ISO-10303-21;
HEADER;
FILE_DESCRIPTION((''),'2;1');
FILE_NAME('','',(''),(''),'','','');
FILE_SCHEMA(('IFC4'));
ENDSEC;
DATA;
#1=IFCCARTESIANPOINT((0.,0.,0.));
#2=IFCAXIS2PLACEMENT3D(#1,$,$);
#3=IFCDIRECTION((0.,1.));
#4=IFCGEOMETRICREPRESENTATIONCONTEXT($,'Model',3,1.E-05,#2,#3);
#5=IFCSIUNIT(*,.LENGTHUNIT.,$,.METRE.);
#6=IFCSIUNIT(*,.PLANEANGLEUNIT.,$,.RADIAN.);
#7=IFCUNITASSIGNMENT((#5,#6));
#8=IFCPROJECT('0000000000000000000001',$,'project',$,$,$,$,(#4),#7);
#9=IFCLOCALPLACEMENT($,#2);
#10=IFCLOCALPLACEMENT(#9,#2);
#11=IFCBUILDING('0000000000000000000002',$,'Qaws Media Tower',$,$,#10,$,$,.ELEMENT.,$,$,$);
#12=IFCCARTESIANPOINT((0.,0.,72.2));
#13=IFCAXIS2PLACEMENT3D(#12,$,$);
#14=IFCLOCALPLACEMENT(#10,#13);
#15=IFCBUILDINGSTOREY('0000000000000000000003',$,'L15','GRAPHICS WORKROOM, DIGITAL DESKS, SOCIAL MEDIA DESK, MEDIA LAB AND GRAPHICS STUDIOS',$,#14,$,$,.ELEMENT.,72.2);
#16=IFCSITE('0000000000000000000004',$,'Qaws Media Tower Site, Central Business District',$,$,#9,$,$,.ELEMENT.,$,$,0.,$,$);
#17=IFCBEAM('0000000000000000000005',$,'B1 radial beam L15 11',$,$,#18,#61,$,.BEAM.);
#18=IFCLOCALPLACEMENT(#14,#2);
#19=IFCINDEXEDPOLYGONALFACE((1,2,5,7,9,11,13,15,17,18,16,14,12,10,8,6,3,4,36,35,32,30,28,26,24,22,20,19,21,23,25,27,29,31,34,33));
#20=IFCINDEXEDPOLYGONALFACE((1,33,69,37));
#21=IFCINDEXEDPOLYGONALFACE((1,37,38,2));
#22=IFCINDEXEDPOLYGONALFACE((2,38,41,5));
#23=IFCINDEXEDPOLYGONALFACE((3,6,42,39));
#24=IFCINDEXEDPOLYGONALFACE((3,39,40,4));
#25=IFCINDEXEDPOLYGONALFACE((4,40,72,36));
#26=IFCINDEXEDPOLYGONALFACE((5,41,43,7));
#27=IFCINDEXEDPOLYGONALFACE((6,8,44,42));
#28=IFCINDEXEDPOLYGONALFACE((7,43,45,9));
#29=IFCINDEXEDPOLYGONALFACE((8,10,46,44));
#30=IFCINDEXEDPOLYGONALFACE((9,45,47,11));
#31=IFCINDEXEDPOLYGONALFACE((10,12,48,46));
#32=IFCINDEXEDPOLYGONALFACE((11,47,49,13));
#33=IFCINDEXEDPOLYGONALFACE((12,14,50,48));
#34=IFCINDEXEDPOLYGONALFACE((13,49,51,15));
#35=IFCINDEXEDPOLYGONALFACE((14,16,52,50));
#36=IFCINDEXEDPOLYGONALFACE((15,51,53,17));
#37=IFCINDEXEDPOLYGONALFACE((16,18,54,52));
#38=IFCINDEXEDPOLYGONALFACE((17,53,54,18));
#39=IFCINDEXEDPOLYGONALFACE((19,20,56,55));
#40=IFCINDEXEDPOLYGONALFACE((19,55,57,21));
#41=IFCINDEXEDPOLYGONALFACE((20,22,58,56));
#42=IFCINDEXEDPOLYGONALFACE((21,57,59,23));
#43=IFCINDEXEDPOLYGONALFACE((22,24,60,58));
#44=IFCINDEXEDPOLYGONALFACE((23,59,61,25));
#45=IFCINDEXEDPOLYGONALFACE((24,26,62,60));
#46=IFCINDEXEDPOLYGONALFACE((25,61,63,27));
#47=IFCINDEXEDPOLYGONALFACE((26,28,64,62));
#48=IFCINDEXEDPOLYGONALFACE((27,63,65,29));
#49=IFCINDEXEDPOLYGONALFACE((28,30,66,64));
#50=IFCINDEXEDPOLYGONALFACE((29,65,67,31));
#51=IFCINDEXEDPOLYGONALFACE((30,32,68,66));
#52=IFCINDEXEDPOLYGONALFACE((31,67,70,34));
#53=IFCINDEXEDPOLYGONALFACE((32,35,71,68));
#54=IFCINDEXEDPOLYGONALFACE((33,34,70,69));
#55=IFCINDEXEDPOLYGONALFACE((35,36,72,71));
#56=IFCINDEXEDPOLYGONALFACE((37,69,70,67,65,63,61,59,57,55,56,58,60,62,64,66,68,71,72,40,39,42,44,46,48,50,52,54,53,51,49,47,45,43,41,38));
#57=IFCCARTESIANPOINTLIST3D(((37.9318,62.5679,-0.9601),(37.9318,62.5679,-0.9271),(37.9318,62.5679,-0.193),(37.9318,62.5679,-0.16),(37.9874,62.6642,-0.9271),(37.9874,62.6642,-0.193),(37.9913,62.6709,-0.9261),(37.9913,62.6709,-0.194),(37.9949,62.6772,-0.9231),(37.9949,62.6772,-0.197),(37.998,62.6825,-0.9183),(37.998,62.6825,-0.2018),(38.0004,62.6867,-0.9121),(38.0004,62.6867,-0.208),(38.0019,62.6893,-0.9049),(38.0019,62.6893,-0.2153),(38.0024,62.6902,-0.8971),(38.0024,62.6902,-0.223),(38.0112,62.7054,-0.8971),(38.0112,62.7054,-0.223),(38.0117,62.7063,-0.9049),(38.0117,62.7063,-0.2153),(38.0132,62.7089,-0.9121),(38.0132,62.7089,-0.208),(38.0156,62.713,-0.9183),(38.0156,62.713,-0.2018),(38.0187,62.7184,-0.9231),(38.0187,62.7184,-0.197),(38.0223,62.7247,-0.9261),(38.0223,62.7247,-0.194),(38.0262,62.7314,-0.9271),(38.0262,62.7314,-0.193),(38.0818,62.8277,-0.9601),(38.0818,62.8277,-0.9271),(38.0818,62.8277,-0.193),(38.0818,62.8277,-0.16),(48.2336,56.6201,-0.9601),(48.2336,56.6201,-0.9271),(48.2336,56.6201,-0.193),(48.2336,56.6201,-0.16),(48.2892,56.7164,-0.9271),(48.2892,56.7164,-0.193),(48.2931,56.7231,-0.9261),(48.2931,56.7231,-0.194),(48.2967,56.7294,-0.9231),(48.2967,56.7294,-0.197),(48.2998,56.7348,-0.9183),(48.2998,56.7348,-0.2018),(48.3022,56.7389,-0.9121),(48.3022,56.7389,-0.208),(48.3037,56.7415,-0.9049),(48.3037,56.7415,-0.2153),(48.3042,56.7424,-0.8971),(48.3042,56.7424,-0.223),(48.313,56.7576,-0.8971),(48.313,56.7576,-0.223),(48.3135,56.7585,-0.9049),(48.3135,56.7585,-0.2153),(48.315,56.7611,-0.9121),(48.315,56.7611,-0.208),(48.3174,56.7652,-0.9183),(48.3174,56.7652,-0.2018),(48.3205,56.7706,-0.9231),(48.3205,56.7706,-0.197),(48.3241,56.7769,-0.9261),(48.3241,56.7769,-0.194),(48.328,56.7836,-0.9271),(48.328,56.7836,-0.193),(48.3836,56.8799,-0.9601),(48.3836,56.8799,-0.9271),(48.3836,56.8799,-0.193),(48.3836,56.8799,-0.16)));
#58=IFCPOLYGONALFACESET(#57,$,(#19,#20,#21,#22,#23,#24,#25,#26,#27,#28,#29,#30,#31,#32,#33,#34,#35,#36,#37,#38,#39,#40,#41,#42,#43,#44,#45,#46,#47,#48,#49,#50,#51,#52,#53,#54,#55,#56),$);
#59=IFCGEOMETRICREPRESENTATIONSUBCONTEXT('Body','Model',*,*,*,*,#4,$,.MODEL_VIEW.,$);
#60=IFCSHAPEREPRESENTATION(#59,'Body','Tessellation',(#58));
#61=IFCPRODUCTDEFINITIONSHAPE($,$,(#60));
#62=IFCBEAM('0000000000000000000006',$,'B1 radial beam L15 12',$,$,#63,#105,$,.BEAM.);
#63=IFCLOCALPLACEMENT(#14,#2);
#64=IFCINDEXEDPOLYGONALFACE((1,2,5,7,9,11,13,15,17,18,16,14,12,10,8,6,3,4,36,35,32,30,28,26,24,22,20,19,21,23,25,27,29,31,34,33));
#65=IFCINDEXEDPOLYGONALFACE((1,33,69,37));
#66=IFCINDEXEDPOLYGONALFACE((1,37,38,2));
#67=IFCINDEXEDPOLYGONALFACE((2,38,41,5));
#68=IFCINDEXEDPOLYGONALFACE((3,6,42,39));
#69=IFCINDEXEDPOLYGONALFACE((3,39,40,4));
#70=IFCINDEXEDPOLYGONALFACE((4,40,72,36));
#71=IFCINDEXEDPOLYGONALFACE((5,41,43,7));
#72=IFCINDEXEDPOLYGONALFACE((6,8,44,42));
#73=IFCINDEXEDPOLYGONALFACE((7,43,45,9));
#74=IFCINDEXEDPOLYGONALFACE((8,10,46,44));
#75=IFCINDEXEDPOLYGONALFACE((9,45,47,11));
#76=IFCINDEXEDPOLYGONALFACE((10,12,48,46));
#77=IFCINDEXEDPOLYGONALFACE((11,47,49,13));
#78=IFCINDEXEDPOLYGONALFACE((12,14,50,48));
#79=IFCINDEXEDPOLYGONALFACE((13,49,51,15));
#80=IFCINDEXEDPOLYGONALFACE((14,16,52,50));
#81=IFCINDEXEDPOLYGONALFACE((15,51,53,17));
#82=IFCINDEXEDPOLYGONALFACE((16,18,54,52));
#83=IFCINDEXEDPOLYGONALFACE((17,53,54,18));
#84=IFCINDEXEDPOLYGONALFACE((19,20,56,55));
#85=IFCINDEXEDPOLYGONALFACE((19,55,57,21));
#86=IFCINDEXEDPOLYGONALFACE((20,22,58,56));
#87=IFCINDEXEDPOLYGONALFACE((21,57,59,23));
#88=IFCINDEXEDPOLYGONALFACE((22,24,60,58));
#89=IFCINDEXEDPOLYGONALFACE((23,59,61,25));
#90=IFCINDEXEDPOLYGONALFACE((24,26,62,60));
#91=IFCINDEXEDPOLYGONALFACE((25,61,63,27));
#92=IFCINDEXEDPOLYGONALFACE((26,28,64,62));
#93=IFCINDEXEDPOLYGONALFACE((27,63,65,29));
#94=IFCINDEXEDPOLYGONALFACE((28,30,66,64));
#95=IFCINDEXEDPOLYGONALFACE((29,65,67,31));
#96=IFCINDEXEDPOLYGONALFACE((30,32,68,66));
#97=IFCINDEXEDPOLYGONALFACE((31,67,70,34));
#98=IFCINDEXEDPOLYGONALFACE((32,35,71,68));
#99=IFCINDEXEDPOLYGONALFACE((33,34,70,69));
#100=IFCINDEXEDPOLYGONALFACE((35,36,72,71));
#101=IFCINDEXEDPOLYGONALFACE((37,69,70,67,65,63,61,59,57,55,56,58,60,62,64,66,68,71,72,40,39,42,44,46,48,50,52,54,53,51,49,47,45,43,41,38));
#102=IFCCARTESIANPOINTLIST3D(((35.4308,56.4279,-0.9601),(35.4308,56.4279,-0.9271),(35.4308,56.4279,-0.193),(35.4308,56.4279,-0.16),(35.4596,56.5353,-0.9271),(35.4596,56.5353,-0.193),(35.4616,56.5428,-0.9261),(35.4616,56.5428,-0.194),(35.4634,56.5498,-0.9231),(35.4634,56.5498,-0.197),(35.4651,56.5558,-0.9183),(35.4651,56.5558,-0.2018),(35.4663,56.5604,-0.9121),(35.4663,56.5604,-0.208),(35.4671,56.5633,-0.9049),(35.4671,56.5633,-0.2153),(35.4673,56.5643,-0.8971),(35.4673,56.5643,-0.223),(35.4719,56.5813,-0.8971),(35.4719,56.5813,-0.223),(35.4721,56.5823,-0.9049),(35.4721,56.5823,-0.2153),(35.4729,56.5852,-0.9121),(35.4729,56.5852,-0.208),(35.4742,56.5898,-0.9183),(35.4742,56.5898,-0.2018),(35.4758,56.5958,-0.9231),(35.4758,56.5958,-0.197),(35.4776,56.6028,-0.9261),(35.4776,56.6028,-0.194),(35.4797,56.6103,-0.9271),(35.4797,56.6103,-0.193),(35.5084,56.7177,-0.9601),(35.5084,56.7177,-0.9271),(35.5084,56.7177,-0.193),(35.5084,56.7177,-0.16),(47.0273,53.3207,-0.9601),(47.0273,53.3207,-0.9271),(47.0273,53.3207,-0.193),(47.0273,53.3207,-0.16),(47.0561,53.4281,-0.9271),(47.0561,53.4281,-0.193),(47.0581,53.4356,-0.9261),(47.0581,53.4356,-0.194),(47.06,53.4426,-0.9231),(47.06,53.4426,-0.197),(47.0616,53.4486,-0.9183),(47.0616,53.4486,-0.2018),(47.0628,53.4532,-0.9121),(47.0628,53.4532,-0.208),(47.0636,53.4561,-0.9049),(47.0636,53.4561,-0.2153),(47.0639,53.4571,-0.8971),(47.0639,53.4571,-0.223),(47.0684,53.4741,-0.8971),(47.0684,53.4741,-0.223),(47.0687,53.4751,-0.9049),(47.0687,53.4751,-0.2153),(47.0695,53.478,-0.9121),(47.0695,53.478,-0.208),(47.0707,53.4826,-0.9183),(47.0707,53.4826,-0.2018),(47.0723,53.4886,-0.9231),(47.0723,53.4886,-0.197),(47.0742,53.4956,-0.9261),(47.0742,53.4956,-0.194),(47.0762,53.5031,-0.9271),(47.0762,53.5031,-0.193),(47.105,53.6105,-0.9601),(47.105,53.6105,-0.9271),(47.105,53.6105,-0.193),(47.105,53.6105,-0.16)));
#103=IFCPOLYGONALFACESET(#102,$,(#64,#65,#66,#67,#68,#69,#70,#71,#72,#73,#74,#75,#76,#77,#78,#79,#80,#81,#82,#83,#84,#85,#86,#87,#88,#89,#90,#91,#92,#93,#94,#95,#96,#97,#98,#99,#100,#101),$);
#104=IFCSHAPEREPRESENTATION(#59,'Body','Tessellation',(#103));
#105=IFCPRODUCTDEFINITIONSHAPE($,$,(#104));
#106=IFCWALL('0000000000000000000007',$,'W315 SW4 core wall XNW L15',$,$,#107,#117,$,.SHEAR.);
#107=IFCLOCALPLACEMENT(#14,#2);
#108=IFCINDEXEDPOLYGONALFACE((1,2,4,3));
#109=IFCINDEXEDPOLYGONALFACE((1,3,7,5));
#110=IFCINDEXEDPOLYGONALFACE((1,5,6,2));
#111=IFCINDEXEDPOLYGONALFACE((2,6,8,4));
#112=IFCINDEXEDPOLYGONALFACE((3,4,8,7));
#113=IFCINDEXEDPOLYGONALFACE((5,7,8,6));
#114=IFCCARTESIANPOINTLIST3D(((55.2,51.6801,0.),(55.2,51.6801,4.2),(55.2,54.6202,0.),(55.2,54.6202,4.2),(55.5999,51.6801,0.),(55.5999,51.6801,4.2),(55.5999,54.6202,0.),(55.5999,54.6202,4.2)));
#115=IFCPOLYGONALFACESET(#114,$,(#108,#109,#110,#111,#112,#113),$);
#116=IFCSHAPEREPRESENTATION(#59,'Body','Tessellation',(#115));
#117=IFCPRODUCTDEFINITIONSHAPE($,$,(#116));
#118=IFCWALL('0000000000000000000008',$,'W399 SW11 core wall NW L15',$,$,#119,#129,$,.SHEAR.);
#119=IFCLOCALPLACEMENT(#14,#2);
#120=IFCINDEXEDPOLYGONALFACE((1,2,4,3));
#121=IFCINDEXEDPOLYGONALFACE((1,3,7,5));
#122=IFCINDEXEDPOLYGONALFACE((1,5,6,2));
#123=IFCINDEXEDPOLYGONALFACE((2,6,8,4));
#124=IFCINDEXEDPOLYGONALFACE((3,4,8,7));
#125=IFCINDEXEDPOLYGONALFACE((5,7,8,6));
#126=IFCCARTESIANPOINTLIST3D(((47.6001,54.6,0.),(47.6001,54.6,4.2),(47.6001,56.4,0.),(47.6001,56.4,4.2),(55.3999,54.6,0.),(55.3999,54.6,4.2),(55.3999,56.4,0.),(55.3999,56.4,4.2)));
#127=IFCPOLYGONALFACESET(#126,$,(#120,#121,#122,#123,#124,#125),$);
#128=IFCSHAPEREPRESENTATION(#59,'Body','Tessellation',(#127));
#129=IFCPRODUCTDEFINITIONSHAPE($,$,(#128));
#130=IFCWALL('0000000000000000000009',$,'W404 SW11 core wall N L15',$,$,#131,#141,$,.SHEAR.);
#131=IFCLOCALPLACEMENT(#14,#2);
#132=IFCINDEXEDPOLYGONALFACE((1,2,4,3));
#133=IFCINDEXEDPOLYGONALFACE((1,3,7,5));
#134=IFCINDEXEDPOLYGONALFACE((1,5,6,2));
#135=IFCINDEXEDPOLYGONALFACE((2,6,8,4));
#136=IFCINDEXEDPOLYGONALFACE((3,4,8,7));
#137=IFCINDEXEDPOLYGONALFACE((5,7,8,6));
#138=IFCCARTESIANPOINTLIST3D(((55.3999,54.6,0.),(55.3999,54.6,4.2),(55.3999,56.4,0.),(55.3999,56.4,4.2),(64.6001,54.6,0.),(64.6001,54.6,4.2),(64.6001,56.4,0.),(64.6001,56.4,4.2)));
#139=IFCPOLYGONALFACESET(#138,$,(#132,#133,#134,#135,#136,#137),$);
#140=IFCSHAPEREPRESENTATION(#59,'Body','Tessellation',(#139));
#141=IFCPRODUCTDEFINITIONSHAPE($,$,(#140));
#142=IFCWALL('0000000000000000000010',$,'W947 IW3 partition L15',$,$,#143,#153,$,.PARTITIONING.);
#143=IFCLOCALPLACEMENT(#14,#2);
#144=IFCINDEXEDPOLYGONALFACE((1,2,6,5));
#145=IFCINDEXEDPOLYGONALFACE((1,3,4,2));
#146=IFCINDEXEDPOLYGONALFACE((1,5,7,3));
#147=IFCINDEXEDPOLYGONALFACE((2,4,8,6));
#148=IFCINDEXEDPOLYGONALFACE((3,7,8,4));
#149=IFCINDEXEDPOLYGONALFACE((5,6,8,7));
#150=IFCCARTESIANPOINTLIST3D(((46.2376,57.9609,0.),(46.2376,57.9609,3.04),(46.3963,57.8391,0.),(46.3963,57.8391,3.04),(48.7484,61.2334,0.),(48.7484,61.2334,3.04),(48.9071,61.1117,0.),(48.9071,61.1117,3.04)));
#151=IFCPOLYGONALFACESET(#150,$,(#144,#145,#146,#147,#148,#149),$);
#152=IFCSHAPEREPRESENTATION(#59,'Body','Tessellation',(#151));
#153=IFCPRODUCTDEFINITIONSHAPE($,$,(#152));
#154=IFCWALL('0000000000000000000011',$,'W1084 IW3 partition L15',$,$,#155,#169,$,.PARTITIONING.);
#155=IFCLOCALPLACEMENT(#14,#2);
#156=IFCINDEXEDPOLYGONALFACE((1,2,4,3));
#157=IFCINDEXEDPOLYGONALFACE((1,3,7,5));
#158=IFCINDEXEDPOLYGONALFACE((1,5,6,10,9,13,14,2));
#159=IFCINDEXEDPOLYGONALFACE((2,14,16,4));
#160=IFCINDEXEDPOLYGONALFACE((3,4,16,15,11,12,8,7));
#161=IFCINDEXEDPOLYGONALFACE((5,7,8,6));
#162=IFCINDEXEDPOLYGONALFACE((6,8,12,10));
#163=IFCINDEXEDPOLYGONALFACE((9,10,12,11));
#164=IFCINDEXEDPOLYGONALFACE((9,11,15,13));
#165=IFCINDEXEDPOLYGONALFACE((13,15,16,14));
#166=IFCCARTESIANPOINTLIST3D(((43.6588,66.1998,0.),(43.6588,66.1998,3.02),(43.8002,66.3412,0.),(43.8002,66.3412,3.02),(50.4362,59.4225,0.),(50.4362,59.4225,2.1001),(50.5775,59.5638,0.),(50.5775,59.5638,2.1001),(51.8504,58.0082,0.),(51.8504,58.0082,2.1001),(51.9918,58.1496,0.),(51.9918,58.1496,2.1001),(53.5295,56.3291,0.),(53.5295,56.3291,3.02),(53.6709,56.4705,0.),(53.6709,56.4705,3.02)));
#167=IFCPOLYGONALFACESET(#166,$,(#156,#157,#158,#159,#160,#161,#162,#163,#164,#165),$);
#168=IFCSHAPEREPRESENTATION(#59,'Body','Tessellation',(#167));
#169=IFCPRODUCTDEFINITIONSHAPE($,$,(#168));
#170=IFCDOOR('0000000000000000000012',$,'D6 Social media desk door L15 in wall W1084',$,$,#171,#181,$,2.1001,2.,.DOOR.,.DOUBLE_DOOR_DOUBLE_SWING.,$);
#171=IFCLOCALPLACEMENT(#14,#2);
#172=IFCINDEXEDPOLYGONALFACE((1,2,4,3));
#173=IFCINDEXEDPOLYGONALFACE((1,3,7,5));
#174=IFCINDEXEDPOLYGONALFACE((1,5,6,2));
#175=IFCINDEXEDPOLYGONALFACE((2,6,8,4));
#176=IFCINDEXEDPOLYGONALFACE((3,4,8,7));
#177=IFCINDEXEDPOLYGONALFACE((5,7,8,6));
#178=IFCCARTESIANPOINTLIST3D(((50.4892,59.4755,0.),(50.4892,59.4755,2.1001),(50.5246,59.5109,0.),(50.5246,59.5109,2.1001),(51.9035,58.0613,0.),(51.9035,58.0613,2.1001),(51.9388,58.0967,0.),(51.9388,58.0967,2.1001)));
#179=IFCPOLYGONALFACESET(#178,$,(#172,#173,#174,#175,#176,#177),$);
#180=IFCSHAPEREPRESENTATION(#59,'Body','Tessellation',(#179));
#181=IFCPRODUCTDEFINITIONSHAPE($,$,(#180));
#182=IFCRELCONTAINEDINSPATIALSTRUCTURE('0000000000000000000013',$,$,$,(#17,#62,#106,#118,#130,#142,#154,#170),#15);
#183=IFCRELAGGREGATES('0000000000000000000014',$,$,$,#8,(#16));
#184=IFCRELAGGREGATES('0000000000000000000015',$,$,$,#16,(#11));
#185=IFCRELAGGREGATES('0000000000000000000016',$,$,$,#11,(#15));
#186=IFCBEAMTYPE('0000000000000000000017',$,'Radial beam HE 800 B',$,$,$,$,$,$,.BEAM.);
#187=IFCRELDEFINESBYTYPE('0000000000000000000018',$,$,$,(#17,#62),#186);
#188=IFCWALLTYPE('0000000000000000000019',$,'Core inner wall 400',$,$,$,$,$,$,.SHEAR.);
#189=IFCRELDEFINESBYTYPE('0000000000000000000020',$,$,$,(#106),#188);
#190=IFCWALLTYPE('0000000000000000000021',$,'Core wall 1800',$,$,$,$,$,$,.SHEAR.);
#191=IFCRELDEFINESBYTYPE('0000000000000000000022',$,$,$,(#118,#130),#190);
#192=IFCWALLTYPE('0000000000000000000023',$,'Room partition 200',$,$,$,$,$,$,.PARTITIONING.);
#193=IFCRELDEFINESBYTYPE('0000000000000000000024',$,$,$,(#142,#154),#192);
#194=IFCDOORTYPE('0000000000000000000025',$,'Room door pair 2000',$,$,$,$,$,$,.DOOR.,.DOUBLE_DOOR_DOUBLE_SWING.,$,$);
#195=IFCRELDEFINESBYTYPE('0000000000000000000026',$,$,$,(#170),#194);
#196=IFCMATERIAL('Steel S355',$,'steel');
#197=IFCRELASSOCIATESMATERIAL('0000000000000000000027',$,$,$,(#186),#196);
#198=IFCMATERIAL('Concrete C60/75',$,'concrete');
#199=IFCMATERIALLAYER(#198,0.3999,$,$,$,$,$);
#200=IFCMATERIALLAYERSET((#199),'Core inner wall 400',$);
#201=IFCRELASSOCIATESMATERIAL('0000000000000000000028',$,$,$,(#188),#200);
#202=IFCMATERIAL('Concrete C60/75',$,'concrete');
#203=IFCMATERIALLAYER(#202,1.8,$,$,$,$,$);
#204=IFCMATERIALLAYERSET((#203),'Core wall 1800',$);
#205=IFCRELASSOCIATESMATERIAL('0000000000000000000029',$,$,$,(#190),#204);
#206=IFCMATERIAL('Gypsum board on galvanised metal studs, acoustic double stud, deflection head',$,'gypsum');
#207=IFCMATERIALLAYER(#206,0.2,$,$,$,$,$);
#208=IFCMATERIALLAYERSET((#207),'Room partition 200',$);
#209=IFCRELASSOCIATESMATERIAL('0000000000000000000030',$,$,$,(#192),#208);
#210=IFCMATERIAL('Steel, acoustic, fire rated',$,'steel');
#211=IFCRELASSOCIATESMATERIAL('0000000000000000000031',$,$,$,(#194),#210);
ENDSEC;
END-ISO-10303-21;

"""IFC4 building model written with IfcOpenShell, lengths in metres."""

from ifc_helpers import new_model, si_unit, direction, frame, frame_2d, origin, origin_2d, place, context, subcontext, project, spatial, rectangle, i_section, extrude, material, layer, layer_set, material_profile, profile_set, type_object, element, fill, save


model = new_model("IFC4")

# Units and contexts
model_context = context("Model", 3, precision=1e-05, world=origin(), true_north=direction((0.0, 1.0)))
body_context = subcontext(model_context, "Body", "Model", "MODEL_VIEW")
ifc_project = project(units=[si_unit("LENGTHUNIT", "METRE"), si_unit("PLANEANGLEUNIT", "RADIAN")], contexts=[model_context])

# Site, building, storey
site_placement = place(None, origin())
site = spatial("IfcSite", under=ifc_project, at=site_placement, Name="Qaws Media Tower Site, Central Business District", CompositionType="ELEMENT", RefElevation=0.0)
building_placement = place(site_placement, origin())
building = spatial("IfcBuilding", under=site, at=building_placement, Name="Qaws Media Tower", CompositionType="ELEMENT")
storey_placement = place(building_placement, frame((0.0, 0.0, 72.2)))
storey = spatial("IfcBuildingStorey", under=building, at=storey_placement, Name="L15", Description="GRAPHICS WORKROOM, DIGITAL DESKS, SOCIAL MEDIA DESK, MEDIA LAB AND GRAPHICS STUDIOS", CompositionType="ELEMENT", Elevation=72.2)

# Beams
ifc_material_1 = material(Name="Steel S355", Category="steel")
ifc_material_profile_1 = material_profile(ifc_material_1, i_section(OverallWidth=0.3, OverallDepth=0.8, WebThickness=0.0176, FlangeThickness=0.033, FilletRadius=0.03, at=origin_2d()), Name="HE 800 B")
ifc_profile_set_1 = profile_set([ifc_material_profile_1], Name="Steel S355")
beam_type_1 = type_object("IfcBeamType", Name="Radial beam HE 800 B", PredefinedType="BEAM", material=ifc_profile_set_1)
beam_1_placement = place(storey_placement, frame((48.3086, 56.75, -0.5601), z_axis=(-0.866024, 0.500002, 0.0), x_axis=(-0.500002, -0.866024, 0.0)))
element("IfcBeam", 1, at=beam_1_placement, inside=storey, type_object=beam_type_1, Name="B1 radial beam L15 11", PredefinedType="BEAM", context=body_context, shape_type="SweptSolid", body=[
    extrude(i_section(OverallWidth=0.3, OverallDepth=0.8, WebThickness=0.0176, FlangeThickness=0.033, FilletRadius=0.03, at=origin_2d()), origin(), (0.0, 0.0, 1.0), 11.8955),
])
beam_2_placement = place(storey_placement, frame((47.0662, 53.4656, -0.5601), z_axis=(-0.965927, 0.258813, 0.0), x_axis=(-0.258813, -0.965927, 0.0)))
element("IfcBeam", 2, at=beam_2_placement, inside=storey, type_object=beam_type_1, Name="B1 radial beam L15 12", PredefinedType="BEAM", context=body_context, shape_type="SweptSolid", body=[
    extrude(i_section(OverallWidth=0.3, OverallDepth=0.8, WebThickness=0.0176, FlangeThickness=0.033, FilletRadius=0.03, at=origin_2d()), origin(), (0.0, 0.0, 1.0), 12.0056),
])

# Walls
ifc_material_2 = material(Name="Concrete C60/75", Category="concrete")
ifc_layer_1 = layer(ifc_material_2, 0.3999)
ifc_layer_set_1 = layer_set([ifc_layer_1], Name="Core inner wall 400")
wall_type_1 = type_object("IfcWallType", Name="Core inner wall 400", PredefinedType="SHEAR", material=ifc_layer_set_1)
wall_1_placement = place(storey_placement, frame((55.3999, 51.6799, 0.0), z_axis=(0.0, 0.0, 1.0), x_axis=(0.0, 1.0, 0.0)))
element("IfcWall", 3, at=wall_1_placement, inside=storey, type_object=wall_type_1, Name="W315 SW4 core wall XNW L15", PredefinedType="SHEAR", context=body_context, shape_type="SweptSolid", body=[
    extrude(rectangle(XDim=2.9402, YDim=0.3999, at=frame_2d((1.4702, 0.0))), origin(), (0.0, 0.0, 1.0), 4.2),
])
ifc_material_3 = material(Name="Concrete C60/75", Category="concrete")
ifc_layer_2 = layer(ifc_material_3, 1.8)
ifc_layer_set_2 = layer_set([ifc_layer_2], Name="Core wall 1800")
wall_type_2 = type_object("IfcWallType", Name="Core wall 1800", PredefinedType="SHEAR", material=ifc_layer_set_2)
wall_2_placement = place(storey_placement, frame((47.6001, 55.5, 0.0), z_axis=(0.0, 0.0, 1.0), x_axis=(1.0, 0.0, 0.0)))
element("IfcWall", 4, at=wall_2_placement, inside=storey, type_object=wall_type_2, Name="W399 SW11 core wall NW L15", PredefinedType="SHEAR", context=body_context, shape_type="SweptSolid", body=[
    extrude(rectangle(XDim=7.7998, YDim=1.8, at=frame_2d((3.8999, 0.0))), origin(), (0.0, 0.0, 1.0), 4.2),
])
wall_3_placement = place(storey_placement, frame((55.3999, 55.5, 0.0), z_axis=(0.0, 0.0, 1.0), x_axis=(1.0, 0.0, 0.0)))
element("IfcWall", 5, at=wall_3_placement, inside=storey, type_object=wall_type_2, Name="W404 SW11 core wall N L15", PredefinedType="SHEAR", context=body_context, shape_type="SweptSolid", body=[
    extrude(rectangle(XDim=9.2002, YDim=1.8, at=frame_2d((4.6001, 0.0))), origin(), (0.0, 0.0, 1.0), 4.2),
])
ifc_material_4 = material(Name="Gypsum board on galvanised metal studs, acoustic double stud, deflection head", Category="gypsum")
ifc_layer_3 = layer(ifc_material_4, 0.2)
ifc_layer_set_3 = layer_set([ifc_layer_3], Name="Room partition 200")
wall_type_3 = type_object("IfcWallType", Name="Room partition 200", PredefinedType="PARTITIONING", material=ifc_layer_set_3)
wall_4_placement = place(storey_placement, frame((46.3169, 57.8999, 0.0), z_axis=(0.0, 0.0, 1.0), x_axis=(0.608715, 0.793389, 0.0)))
element("IfcWall", 6, at=wall_4_placement, inside=storey, type_object=wall_type_3, Name="W947 IW3 partition L15", PredefinedType="PARTITIONING", context=body_context, shape_type="SweptSolid", body=[
    extrude(rectangle(XDim=4.1248, YDim=0.2, at=frame_2d((2.0625, 0.0))), origin(), (0.0, 0.0, 1.0), 3.04),
])

# Wall, opening, door
wall_5_placement = place(storey_placement, frame((53.6001, 56.3999, 0.0), z_axis=(0.0, 0.0, 1.0), x_axis=(-0.707107, 0.707107, 0.0)))
wall_5 = element("IfcWall", 7, at=wall_5_placement, inside=storey, type_object=wall_type_3, Name="W1084 IW3 partition L15", PredefinedType="PARTITIONING", context=body_context, shape_type="SweptSolid", body=[
    extrude(rectangle(XDim=13.9592, YDim=0.2, at=frame_2d((6.9795, 0.0))), origin(), (0.0, 0.0, 1.0), 3.02),
])
opening_placement = place(wall_5_placement, frame((2.3745, 0.0, 0.0)))
opening = element("IfcOpeningElement", 8, at=opening_placement, cuts=wall_5, PredefinedType="OPENING", context=body_context, shape_type="SweptSolid", body=[
    extrude(rectangle(XDim=2.0, YDim=2.1001, at=frame_2d((1.0, 1.05))), frame((0.0, 0.1099, 0.0), z_axis=(0.0, -1.0, 0.0), x_axis=(1.0, 0.0, 0.0)), (0.0, 0.0, 1.0), 0.22),
])
ifc_material_5 = material(Name="Steel, acoustic, fire rated", Category="steel")
door_type = type_object("IfcDoorType", Name="Room door pair 2000", OperationType="DOUBLE_DOOR_DOUBLE_SWING", PredefinedType="DOOR", material=ifc_material_5)
door_placement = place(opening_placement, origin())
door = element("IfcDoor", 9, at=door_placement, inside=storey, type_object=door_type, Name="D6 Social media desk door L15 in wall W1084", OperationType="DOUBLE_DOOR_DOUBLE_SWING", OverallHeight=2.1001, OverallWidth=2.0, PredefinedType="DOOR", context=body_context, shape_type="SweptSolid", body=[
    extrude(rectangle(XDim=2.0, YDim=2.1001, at=frame_2d((1.0, 1.05))), frame((0.0, 0.0249, 0.0), z_axis=(0.0, -1.0, 0.0), x_axis=(1.0, 0.0, 0.0)), (0.0, 0.0, 1.0), 0.05),
])
fill(opening, door)

save(model, "model.ifc")
